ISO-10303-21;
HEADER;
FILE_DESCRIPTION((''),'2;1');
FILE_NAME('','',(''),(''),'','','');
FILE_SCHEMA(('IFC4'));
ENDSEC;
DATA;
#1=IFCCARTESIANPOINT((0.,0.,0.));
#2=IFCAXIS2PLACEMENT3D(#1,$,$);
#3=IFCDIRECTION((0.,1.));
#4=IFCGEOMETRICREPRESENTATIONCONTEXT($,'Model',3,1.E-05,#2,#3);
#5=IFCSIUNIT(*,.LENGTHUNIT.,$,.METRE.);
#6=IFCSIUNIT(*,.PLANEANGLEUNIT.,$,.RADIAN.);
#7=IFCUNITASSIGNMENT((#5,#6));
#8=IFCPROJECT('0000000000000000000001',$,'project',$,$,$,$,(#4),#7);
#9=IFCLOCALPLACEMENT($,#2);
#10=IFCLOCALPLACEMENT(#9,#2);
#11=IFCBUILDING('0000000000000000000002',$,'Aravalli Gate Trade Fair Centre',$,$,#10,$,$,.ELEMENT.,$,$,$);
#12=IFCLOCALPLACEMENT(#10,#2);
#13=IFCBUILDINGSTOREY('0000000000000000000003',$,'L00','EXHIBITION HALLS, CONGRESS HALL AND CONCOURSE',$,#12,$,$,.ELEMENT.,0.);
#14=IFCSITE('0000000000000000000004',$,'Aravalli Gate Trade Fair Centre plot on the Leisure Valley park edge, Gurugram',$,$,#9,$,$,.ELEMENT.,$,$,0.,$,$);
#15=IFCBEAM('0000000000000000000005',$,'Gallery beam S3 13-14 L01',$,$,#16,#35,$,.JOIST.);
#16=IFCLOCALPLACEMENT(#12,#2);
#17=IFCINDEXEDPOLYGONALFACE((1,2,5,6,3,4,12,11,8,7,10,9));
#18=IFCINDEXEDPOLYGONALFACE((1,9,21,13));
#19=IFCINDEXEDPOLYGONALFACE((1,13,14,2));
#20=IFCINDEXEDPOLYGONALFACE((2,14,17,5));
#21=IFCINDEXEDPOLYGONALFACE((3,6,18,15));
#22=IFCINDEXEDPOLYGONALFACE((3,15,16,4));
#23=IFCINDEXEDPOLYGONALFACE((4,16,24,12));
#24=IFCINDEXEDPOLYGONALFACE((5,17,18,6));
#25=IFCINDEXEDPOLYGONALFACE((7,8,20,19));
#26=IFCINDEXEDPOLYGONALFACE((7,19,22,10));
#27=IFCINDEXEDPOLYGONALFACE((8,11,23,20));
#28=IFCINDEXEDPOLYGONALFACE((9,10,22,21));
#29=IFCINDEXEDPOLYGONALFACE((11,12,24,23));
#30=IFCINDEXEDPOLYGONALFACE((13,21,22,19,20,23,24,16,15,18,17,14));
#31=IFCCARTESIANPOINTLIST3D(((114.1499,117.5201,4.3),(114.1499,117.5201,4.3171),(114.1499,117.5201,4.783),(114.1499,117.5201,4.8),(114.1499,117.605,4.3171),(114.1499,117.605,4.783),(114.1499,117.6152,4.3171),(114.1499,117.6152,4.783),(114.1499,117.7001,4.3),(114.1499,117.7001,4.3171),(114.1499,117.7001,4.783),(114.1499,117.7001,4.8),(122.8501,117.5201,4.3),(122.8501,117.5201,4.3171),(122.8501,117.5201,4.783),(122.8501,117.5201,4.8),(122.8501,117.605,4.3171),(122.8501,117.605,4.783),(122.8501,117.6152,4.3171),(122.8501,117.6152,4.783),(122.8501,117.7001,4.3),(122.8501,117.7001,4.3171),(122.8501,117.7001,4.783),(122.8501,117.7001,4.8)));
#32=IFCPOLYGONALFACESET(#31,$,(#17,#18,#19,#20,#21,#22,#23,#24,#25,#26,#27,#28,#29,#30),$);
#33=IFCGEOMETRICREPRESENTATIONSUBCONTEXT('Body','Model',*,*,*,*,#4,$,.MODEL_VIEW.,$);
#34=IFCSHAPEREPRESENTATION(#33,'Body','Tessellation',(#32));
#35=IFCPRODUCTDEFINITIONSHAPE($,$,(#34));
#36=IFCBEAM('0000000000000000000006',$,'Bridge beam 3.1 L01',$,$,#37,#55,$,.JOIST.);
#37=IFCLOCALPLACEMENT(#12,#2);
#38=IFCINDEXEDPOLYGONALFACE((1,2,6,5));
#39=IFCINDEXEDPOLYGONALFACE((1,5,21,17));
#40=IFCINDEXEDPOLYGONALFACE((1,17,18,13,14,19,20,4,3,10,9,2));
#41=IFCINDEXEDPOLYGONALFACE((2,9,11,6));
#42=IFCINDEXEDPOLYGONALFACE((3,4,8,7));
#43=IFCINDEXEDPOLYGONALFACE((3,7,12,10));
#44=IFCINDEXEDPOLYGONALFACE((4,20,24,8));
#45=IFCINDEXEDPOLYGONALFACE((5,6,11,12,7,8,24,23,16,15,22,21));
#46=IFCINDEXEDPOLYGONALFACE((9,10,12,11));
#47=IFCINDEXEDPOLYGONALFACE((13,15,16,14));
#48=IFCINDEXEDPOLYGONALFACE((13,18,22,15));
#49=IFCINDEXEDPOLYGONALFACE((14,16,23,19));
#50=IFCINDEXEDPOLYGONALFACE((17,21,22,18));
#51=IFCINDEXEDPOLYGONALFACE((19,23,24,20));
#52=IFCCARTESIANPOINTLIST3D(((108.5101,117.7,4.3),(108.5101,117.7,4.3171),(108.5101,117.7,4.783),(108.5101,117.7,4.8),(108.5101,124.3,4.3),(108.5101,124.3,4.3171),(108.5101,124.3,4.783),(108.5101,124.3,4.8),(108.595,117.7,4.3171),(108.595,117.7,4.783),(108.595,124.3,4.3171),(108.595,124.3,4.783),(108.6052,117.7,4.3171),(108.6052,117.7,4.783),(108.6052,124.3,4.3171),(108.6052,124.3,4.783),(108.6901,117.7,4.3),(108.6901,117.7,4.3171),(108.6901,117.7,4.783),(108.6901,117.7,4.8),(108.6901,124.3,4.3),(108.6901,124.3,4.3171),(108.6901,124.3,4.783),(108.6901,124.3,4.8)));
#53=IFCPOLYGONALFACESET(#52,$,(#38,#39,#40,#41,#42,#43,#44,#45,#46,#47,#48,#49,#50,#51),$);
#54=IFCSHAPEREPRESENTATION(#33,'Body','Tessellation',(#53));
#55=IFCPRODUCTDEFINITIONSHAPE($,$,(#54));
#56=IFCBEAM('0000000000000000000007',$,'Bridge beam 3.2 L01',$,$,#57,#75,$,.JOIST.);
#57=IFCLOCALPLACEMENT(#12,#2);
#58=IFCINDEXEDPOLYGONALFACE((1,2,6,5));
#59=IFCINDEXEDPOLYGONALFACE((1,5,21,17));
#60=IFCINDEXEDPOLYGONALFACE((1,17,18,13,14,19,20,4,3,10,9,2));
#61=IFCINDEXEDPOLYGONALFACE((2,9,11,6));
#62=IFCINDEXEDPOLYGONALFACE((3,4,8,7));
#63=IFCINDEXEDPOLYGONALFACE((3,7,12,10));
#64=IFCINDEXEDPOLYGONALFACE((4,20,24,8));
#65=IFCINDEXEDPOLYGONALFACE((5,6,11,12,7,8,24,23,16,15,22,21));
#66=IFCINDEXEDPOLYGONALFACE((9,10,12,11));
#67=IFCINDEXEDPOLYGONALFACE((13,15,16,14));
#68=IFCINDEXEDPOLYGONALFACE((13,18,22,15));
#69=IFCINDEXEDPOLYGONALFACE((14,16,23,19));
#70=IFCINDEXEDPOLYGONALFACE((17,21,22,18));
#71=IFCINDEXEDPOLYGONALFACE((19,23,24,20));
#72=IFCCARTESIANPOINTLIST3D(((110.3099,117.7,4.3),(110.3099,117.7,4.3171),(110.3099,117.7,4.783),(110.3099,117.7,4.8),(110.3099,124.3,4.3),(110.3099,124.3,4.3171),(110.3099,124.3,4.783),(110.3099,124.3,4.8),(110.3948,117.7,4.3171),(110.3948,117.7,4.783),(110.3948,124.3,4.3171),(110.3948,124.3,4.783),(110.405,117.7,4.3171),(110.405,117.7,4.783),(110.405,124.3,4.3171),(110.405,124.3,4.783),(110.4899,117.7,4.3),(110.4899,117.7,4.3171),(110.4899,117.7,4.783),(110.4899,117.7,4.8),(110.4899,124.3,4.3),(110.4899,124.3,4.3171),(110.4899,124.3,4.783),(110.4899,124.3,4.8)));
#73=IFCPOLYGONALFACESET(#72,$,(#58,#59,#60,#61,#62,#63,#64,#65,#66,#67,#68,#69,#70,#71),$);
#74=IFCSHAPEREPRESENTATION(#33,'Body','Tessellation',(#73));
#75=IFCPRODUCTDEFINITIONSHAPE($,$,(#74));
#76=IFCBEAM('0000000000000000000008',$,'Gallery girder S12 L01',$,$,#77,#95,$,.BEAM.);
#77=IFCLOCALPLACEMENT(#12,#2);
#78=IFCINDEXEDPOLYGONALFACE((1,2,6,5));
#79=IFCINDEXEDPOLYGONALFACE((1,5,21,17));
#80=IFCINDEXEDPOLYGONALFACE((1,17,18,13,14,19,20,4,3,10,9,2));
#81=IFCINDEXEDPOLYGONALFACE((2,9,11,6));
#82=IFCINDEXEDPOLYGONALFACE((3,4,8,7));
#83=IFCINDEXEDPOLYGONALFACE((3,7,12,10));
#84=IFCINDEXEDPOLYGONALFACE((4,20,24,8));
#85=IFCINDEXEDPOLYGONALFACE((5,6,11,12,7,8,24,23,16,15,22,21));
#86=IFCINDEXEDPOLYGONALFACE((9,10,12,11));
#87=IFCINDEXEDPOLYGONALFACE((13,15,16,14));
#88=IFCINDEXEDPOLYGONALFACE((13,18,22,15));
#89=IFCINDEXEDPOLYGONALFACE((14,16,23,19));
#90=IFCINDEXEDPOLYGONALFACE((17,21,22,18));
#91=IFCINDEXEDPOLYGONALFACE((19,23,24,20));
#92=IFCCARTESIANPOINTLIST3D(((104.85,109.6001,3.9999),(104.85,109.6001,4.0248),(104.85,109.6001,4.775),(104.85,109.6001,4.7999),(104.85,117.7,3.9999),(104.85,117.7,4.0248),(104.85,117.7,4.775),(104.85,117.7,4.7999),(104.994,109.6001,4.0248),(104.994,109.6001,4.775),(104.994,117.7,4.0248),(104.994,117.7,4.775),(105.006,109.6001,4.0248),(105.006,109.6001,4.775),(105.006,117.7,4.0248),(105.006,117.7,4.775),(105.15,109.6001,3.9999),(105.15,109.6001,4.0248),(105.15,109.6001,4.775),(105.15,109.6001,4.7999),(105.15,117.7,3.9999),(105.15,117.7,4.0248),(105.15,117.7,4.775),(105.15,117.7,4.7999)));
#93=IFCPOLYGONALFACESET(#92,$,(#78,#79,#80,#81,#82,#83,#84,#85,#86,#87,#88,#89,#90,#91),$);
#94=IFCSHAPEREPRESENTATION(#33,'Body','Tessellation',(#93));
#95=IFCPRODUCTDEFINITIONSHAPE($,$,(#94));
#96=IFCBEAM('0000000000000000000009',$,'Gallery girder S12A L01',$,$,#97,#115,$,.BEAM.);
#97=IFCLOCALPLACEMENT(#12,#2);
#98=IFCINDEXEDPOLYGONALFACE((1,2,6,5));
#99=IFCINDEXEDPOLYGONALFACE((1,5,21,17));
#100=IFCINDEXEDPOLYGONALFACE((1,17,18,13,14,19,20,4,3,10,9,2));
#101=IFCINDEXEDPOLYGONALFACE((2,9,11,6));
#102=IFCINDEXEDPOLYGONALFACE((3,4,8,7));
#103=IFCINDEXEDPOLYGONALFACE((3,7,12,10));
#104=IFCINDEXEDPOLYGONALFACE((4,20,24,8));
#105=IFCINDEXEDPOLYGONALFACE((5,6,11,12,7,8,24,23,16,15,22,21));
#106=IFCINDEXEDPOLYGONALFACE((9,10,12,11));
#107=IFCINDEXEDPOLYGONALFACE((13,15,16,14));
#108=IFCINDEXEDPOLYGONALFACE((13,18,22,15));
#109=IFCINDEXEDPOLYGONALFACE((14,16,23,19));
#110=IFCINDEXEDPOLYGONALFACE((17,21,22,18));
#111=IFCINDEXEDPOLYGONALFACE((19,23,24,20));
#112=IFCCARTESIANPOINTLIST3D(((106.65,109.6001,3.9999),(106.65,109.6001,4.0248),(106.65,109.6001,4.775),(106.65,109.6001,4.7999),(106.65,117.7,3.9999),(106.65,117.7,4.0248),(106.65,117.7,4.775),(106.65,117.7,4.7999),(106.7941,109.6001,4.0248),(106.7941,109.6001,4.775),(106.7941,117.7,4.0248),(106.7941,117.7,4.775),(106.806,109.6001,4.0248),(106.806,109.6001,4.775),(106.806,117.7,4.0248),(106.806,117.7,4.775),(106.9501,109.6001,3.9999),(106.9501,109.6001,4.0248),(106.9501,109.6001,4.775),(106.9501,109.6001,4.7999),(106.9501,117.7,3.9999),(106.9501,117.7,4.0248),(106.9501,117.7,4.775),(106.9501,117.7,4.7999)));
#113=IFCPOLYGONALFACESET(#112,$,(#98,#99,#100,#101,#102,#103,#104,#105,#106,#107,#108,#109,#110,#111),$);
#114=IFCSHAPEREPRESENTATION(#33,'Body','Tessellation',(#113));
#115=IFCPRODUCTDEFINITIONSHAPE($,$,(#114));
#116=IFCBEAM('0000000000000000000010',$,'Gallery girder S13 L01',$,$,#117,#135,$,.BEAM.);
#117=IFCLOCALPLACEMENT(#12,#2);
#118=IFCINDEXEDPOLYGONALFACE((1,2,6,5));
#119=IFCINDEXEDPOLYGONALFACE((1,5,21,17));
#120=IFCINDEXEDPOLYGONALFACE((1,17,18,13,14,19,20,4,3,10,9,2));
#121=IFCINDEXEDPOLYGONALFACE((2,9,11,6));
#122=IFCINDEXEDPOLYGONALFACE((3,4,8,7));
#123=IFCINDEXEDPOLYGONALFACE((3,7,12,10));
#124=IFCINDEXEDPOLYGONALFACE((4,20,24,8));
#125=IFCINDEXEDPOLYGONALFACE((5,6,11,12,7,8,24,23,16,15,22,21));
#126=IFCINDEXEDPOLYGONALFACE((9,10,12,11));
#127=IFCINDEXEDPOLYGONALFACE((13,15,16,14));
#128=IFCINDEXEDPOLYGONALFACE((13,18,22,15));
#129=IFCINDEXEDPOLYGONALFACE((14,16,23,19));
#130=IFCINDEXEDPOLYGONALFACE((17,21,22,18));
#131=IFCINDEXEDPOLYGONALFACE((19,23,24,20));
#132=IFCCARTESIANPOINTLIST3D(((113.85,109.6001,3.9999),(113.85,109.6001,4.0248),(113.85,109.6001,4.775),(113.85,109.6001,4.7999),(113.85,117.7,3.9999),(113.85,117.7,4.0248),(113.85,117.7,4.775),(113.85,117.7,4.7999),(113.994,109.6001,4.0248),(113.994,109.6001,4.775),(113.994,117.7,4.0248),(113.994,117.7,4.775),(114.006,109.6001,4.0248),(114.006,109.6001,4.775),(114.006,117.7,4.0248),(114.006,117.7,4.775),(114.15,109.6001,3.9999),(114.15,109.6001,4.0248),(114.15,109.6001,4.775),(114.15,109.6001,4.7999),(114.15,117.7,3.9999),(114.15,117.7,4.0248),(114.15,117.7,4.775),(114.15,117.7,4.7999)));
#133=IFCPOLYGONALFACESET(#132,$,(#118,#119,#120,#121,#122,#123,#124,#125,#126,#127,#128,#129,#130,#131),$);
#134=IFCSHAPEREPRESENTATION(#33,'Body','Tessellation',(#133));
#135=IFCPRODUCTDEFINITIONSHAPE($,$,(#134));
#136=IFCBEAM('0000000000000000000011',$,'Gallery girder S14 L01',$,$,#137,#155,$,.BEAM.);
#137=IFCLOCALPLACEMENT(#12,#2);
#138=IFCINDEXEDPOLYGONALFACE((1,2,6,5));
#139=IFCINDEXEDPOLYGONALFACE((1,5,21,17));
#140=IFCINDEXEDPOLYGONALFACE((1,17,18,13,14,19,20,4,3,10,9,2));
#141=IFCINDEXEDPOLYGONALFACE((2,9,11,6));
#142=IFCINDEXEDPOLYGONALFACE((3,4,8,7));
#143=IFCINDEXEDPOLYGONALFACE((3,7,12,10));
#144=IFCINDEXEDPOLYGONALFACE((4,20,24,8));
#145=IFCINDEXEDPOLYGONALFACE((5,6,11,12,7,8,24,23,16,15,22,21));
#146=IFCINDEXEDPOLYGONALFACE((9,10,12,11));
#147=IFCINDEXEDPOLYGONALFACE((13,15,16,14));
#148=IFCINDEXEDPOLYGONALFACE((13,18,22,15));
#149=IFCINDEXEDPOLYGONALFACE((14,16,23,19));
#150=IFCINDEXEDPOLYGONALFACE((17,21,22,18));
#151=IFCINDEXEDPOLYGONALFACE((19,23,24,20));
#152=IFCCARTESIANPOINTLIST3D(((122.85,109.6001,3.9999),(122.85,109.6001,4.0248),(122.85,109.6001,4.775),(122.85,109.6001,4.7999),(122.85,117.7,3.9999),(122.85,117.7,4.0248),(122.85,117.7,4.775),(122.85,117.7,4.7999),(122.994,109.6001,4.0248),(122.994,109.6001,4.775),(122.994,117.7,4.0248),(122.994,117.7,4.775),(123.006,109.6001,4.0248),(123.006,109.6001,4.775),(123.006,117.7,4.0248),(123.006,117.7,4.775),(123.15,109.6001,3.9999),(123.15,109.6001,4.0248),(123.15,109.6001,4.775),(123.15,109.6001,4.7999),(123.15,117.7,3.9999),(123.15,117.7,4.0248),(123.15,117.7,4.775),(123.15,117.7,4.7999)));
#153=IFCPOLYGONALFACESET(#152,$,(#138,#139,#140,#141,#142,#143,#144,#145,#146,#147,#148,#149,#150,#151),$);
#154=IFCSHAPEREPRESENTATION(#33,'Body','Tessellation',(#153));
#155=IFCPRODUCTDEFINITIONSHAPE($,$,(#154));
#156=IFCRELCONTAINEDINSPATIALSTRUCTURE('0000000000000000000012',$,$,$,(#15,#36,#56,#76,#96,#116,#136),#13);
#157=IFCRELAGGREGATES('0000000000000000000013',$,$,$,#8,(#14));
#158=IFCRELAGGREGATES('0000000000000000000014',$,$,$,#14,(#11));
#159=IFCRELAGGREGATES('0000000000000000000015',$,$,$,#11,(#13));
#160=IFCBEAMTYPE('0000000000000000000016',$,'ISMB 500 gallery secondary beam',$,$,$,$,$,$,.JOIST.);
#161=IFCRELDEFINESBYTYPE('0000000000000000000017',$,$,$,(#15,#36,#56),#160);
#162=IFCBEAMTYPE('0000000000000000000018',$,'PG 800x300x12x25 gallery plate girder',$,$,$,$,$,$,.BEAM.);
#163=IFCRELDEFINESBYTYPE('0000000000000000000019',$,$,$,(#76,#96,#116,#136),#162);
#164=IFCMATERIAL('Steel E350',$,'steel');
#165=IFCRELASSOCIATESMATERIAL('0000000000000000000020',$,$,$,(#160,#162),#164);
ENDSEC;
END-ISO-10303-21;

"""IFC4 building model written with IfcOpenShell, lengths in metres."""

from ifc_helpers import new_model, si_unit, direction, frame, origin, origin_2d, place, context, subcontext, project, spatial, i_section, extrude, material, material_profile, profile_set, type_object, element, save


model = new_model("IFC4")

# Units and contexts
model_context = context("Model", 3, precision=1e-05, world=origin(), true_north=direction((0.0, 1.0)))
body_context = subcontext(model_context, "Body", "Model", "MODEL_VIEW")
ifc_project = project(units=[si_unit("LENGTHUNIT", "METRE"), si_unit("PLANEANGLEUNIT", "RADIAN")], contexts=[model_context])

# Site, building, storey
site_placement = place(None, origin())
site = spatial("IfcSite", under=ifc_project, at=site_placement, Name="Aravalli Gate Trade Fair Centre plot on the Leisure Valley park edge, Gurugram", CompositionType="ELEMENT", RefElevation=0.0)
building_placement = place(site_placement, origin())
building = spatial("IfcBuilding", under=site, at=building_placement, Name="Aravalli Gate Trade Fair Centre", CompositionType="ELEMENT")
storey_placement = place(building_placement, origin())
storey = spatial("IfcBuildingStorey", under=building, at=storey_placement, Name="L00", Description="EXHIBITION HALLS, CONGRESS HALL AND CONCOURSE", CompositionType="ELEMENT", Elevation=0.0)

# Beams
ifc_material_1 = material(Name="Steel E350", Category="steel")
ifc_material_profile_1 = material_profile(ifc_material_1, i_section(OverallWidth=0.1799, OverallDepth=0.5, WebThickness=0.0103, FlangeThickness=0.0171, at=origin_2d()), Name="ISMB 500")
ifc_profile_set_1 = profile_set([ifc_material_profile_1], Name="Steel E350")
beam_type_1 = type_object("IfcBeamType", Name="ISMB 500 gallery secondary beam", PredefinedType="JOIST", material=ifc_profile_set_1)
for number, where, z_axis, x_axis, name in (
    (1, (114.1499, 117.6101, 4.55), (1.0, 0.0, 0.0), (0.0, 1.0, 0.0), "Gallery beam S3 13-14 L01"),
):
    element("IfcBeam", number, at=place(storey_placement, frame(where, z_axis=z_axis, x_axis=x_axis)), inside=storey, type_object=beam_type_1, Name=name, PredefinedType="JOIST", context=body_context, shape_type="SweptSolid", body=[
        extrude(i_section(OverallWidth=0.1799, OverallDepth=0.5, WebThickness=0.0103, FlangeThickness=0.0171, at=origin_2d()), origin(), (0.0, 0.0, 1.0), 8.7002),
    ])
for number, where, z_axis, x_axis, name in (
    (2, (108.6001, 117.7, 4.55), (0.0, 1.0, 0.0), (-1.0, 0.0, 0.0), "Bridge beam 3.1 L01"),
    (3, (110.3999, 117.7, 4.55), (0.0, 1.0, 0.0), (-1.0, 0.0, 0.0), "Bridge beam 3.2 L01"),
):
    element("IfcBeam", number, at=place(storey_placement, frame(where, z_axis=z_axis, x_axis=x_axis)), inside=storey, type_object=beam_type_1, Name=name, PredefinedType="JOIST", context=body_context, shape_type="SweptSolid", body=[
        extrude(i_section(OverallWidth=0.1799, OverallDepth=0.5, WebThickness=0.0103, FlangeThickness=0.0171, at=origin_2d()), origin(), (0.0, 0.0, 1.0), 6.6001),
    ])
ifc_material_profile_2 = material_profile(ifc_material_1, i_section(OverallWidth=0.3, OverallDepth=0.8, WebThickness=0.012, FlangeThickness=0.0249, at=origin_2d()), Name="PG 800x300x12x25")
ifc_profile_set_2 = profile_set([ifc_material_profile_2], Name="Steel E350")
beam_type_2 = type_object("IfcBeamType", Name="PG 800x300x12x25 gallery plate girder", PredefinedType="BEAM", material=ifc_profile_set_2)
for number, where, z_axis, x_axis, name in (
    (4, (105.0, 109.6001, 4.3999), (0.0, 1.0, 0.0), (-1.0, 0.0, 0.0), "Gallery girder S12 L01"),
    (5, (106.8, 109.6001, 4.3999), (0.0, 1.0, 0.0), (-1.0, 0.0, 0.0), "Gallery girder S12A L01"),
    (6, (114.0, 109.6001, 4.3999), (0.0, 1.0, 0.0), (-1.0, 0.0, 0.0), "Gallery girder S13 L01"),
    (7, (123.0, 109.6001, 4.3999), (0.0, 1.0, 0.0), (-1.0, 0.0, 0.0), "Gallery girder S14 L01"),
):
    element("IfcBeam", number, at=place(storey_placement, frame(where, z_axis=z_axis, x_axis=x_axis)), inside=storey, type_object=beam_type_2, Name=name, PredefinedType="BEAM", context=body_context, shape_type="SweptSolid", body=[
        extrude(i_section(OverallWidth=0.3, OverallDepth=0.8, WebThickness=0.012, FlangeThickness=0.0249, at=origin_2d()), origin(), (0.0, 0.0, 1.0), 8.0999),
    ])

save(model, "model.ifc")
